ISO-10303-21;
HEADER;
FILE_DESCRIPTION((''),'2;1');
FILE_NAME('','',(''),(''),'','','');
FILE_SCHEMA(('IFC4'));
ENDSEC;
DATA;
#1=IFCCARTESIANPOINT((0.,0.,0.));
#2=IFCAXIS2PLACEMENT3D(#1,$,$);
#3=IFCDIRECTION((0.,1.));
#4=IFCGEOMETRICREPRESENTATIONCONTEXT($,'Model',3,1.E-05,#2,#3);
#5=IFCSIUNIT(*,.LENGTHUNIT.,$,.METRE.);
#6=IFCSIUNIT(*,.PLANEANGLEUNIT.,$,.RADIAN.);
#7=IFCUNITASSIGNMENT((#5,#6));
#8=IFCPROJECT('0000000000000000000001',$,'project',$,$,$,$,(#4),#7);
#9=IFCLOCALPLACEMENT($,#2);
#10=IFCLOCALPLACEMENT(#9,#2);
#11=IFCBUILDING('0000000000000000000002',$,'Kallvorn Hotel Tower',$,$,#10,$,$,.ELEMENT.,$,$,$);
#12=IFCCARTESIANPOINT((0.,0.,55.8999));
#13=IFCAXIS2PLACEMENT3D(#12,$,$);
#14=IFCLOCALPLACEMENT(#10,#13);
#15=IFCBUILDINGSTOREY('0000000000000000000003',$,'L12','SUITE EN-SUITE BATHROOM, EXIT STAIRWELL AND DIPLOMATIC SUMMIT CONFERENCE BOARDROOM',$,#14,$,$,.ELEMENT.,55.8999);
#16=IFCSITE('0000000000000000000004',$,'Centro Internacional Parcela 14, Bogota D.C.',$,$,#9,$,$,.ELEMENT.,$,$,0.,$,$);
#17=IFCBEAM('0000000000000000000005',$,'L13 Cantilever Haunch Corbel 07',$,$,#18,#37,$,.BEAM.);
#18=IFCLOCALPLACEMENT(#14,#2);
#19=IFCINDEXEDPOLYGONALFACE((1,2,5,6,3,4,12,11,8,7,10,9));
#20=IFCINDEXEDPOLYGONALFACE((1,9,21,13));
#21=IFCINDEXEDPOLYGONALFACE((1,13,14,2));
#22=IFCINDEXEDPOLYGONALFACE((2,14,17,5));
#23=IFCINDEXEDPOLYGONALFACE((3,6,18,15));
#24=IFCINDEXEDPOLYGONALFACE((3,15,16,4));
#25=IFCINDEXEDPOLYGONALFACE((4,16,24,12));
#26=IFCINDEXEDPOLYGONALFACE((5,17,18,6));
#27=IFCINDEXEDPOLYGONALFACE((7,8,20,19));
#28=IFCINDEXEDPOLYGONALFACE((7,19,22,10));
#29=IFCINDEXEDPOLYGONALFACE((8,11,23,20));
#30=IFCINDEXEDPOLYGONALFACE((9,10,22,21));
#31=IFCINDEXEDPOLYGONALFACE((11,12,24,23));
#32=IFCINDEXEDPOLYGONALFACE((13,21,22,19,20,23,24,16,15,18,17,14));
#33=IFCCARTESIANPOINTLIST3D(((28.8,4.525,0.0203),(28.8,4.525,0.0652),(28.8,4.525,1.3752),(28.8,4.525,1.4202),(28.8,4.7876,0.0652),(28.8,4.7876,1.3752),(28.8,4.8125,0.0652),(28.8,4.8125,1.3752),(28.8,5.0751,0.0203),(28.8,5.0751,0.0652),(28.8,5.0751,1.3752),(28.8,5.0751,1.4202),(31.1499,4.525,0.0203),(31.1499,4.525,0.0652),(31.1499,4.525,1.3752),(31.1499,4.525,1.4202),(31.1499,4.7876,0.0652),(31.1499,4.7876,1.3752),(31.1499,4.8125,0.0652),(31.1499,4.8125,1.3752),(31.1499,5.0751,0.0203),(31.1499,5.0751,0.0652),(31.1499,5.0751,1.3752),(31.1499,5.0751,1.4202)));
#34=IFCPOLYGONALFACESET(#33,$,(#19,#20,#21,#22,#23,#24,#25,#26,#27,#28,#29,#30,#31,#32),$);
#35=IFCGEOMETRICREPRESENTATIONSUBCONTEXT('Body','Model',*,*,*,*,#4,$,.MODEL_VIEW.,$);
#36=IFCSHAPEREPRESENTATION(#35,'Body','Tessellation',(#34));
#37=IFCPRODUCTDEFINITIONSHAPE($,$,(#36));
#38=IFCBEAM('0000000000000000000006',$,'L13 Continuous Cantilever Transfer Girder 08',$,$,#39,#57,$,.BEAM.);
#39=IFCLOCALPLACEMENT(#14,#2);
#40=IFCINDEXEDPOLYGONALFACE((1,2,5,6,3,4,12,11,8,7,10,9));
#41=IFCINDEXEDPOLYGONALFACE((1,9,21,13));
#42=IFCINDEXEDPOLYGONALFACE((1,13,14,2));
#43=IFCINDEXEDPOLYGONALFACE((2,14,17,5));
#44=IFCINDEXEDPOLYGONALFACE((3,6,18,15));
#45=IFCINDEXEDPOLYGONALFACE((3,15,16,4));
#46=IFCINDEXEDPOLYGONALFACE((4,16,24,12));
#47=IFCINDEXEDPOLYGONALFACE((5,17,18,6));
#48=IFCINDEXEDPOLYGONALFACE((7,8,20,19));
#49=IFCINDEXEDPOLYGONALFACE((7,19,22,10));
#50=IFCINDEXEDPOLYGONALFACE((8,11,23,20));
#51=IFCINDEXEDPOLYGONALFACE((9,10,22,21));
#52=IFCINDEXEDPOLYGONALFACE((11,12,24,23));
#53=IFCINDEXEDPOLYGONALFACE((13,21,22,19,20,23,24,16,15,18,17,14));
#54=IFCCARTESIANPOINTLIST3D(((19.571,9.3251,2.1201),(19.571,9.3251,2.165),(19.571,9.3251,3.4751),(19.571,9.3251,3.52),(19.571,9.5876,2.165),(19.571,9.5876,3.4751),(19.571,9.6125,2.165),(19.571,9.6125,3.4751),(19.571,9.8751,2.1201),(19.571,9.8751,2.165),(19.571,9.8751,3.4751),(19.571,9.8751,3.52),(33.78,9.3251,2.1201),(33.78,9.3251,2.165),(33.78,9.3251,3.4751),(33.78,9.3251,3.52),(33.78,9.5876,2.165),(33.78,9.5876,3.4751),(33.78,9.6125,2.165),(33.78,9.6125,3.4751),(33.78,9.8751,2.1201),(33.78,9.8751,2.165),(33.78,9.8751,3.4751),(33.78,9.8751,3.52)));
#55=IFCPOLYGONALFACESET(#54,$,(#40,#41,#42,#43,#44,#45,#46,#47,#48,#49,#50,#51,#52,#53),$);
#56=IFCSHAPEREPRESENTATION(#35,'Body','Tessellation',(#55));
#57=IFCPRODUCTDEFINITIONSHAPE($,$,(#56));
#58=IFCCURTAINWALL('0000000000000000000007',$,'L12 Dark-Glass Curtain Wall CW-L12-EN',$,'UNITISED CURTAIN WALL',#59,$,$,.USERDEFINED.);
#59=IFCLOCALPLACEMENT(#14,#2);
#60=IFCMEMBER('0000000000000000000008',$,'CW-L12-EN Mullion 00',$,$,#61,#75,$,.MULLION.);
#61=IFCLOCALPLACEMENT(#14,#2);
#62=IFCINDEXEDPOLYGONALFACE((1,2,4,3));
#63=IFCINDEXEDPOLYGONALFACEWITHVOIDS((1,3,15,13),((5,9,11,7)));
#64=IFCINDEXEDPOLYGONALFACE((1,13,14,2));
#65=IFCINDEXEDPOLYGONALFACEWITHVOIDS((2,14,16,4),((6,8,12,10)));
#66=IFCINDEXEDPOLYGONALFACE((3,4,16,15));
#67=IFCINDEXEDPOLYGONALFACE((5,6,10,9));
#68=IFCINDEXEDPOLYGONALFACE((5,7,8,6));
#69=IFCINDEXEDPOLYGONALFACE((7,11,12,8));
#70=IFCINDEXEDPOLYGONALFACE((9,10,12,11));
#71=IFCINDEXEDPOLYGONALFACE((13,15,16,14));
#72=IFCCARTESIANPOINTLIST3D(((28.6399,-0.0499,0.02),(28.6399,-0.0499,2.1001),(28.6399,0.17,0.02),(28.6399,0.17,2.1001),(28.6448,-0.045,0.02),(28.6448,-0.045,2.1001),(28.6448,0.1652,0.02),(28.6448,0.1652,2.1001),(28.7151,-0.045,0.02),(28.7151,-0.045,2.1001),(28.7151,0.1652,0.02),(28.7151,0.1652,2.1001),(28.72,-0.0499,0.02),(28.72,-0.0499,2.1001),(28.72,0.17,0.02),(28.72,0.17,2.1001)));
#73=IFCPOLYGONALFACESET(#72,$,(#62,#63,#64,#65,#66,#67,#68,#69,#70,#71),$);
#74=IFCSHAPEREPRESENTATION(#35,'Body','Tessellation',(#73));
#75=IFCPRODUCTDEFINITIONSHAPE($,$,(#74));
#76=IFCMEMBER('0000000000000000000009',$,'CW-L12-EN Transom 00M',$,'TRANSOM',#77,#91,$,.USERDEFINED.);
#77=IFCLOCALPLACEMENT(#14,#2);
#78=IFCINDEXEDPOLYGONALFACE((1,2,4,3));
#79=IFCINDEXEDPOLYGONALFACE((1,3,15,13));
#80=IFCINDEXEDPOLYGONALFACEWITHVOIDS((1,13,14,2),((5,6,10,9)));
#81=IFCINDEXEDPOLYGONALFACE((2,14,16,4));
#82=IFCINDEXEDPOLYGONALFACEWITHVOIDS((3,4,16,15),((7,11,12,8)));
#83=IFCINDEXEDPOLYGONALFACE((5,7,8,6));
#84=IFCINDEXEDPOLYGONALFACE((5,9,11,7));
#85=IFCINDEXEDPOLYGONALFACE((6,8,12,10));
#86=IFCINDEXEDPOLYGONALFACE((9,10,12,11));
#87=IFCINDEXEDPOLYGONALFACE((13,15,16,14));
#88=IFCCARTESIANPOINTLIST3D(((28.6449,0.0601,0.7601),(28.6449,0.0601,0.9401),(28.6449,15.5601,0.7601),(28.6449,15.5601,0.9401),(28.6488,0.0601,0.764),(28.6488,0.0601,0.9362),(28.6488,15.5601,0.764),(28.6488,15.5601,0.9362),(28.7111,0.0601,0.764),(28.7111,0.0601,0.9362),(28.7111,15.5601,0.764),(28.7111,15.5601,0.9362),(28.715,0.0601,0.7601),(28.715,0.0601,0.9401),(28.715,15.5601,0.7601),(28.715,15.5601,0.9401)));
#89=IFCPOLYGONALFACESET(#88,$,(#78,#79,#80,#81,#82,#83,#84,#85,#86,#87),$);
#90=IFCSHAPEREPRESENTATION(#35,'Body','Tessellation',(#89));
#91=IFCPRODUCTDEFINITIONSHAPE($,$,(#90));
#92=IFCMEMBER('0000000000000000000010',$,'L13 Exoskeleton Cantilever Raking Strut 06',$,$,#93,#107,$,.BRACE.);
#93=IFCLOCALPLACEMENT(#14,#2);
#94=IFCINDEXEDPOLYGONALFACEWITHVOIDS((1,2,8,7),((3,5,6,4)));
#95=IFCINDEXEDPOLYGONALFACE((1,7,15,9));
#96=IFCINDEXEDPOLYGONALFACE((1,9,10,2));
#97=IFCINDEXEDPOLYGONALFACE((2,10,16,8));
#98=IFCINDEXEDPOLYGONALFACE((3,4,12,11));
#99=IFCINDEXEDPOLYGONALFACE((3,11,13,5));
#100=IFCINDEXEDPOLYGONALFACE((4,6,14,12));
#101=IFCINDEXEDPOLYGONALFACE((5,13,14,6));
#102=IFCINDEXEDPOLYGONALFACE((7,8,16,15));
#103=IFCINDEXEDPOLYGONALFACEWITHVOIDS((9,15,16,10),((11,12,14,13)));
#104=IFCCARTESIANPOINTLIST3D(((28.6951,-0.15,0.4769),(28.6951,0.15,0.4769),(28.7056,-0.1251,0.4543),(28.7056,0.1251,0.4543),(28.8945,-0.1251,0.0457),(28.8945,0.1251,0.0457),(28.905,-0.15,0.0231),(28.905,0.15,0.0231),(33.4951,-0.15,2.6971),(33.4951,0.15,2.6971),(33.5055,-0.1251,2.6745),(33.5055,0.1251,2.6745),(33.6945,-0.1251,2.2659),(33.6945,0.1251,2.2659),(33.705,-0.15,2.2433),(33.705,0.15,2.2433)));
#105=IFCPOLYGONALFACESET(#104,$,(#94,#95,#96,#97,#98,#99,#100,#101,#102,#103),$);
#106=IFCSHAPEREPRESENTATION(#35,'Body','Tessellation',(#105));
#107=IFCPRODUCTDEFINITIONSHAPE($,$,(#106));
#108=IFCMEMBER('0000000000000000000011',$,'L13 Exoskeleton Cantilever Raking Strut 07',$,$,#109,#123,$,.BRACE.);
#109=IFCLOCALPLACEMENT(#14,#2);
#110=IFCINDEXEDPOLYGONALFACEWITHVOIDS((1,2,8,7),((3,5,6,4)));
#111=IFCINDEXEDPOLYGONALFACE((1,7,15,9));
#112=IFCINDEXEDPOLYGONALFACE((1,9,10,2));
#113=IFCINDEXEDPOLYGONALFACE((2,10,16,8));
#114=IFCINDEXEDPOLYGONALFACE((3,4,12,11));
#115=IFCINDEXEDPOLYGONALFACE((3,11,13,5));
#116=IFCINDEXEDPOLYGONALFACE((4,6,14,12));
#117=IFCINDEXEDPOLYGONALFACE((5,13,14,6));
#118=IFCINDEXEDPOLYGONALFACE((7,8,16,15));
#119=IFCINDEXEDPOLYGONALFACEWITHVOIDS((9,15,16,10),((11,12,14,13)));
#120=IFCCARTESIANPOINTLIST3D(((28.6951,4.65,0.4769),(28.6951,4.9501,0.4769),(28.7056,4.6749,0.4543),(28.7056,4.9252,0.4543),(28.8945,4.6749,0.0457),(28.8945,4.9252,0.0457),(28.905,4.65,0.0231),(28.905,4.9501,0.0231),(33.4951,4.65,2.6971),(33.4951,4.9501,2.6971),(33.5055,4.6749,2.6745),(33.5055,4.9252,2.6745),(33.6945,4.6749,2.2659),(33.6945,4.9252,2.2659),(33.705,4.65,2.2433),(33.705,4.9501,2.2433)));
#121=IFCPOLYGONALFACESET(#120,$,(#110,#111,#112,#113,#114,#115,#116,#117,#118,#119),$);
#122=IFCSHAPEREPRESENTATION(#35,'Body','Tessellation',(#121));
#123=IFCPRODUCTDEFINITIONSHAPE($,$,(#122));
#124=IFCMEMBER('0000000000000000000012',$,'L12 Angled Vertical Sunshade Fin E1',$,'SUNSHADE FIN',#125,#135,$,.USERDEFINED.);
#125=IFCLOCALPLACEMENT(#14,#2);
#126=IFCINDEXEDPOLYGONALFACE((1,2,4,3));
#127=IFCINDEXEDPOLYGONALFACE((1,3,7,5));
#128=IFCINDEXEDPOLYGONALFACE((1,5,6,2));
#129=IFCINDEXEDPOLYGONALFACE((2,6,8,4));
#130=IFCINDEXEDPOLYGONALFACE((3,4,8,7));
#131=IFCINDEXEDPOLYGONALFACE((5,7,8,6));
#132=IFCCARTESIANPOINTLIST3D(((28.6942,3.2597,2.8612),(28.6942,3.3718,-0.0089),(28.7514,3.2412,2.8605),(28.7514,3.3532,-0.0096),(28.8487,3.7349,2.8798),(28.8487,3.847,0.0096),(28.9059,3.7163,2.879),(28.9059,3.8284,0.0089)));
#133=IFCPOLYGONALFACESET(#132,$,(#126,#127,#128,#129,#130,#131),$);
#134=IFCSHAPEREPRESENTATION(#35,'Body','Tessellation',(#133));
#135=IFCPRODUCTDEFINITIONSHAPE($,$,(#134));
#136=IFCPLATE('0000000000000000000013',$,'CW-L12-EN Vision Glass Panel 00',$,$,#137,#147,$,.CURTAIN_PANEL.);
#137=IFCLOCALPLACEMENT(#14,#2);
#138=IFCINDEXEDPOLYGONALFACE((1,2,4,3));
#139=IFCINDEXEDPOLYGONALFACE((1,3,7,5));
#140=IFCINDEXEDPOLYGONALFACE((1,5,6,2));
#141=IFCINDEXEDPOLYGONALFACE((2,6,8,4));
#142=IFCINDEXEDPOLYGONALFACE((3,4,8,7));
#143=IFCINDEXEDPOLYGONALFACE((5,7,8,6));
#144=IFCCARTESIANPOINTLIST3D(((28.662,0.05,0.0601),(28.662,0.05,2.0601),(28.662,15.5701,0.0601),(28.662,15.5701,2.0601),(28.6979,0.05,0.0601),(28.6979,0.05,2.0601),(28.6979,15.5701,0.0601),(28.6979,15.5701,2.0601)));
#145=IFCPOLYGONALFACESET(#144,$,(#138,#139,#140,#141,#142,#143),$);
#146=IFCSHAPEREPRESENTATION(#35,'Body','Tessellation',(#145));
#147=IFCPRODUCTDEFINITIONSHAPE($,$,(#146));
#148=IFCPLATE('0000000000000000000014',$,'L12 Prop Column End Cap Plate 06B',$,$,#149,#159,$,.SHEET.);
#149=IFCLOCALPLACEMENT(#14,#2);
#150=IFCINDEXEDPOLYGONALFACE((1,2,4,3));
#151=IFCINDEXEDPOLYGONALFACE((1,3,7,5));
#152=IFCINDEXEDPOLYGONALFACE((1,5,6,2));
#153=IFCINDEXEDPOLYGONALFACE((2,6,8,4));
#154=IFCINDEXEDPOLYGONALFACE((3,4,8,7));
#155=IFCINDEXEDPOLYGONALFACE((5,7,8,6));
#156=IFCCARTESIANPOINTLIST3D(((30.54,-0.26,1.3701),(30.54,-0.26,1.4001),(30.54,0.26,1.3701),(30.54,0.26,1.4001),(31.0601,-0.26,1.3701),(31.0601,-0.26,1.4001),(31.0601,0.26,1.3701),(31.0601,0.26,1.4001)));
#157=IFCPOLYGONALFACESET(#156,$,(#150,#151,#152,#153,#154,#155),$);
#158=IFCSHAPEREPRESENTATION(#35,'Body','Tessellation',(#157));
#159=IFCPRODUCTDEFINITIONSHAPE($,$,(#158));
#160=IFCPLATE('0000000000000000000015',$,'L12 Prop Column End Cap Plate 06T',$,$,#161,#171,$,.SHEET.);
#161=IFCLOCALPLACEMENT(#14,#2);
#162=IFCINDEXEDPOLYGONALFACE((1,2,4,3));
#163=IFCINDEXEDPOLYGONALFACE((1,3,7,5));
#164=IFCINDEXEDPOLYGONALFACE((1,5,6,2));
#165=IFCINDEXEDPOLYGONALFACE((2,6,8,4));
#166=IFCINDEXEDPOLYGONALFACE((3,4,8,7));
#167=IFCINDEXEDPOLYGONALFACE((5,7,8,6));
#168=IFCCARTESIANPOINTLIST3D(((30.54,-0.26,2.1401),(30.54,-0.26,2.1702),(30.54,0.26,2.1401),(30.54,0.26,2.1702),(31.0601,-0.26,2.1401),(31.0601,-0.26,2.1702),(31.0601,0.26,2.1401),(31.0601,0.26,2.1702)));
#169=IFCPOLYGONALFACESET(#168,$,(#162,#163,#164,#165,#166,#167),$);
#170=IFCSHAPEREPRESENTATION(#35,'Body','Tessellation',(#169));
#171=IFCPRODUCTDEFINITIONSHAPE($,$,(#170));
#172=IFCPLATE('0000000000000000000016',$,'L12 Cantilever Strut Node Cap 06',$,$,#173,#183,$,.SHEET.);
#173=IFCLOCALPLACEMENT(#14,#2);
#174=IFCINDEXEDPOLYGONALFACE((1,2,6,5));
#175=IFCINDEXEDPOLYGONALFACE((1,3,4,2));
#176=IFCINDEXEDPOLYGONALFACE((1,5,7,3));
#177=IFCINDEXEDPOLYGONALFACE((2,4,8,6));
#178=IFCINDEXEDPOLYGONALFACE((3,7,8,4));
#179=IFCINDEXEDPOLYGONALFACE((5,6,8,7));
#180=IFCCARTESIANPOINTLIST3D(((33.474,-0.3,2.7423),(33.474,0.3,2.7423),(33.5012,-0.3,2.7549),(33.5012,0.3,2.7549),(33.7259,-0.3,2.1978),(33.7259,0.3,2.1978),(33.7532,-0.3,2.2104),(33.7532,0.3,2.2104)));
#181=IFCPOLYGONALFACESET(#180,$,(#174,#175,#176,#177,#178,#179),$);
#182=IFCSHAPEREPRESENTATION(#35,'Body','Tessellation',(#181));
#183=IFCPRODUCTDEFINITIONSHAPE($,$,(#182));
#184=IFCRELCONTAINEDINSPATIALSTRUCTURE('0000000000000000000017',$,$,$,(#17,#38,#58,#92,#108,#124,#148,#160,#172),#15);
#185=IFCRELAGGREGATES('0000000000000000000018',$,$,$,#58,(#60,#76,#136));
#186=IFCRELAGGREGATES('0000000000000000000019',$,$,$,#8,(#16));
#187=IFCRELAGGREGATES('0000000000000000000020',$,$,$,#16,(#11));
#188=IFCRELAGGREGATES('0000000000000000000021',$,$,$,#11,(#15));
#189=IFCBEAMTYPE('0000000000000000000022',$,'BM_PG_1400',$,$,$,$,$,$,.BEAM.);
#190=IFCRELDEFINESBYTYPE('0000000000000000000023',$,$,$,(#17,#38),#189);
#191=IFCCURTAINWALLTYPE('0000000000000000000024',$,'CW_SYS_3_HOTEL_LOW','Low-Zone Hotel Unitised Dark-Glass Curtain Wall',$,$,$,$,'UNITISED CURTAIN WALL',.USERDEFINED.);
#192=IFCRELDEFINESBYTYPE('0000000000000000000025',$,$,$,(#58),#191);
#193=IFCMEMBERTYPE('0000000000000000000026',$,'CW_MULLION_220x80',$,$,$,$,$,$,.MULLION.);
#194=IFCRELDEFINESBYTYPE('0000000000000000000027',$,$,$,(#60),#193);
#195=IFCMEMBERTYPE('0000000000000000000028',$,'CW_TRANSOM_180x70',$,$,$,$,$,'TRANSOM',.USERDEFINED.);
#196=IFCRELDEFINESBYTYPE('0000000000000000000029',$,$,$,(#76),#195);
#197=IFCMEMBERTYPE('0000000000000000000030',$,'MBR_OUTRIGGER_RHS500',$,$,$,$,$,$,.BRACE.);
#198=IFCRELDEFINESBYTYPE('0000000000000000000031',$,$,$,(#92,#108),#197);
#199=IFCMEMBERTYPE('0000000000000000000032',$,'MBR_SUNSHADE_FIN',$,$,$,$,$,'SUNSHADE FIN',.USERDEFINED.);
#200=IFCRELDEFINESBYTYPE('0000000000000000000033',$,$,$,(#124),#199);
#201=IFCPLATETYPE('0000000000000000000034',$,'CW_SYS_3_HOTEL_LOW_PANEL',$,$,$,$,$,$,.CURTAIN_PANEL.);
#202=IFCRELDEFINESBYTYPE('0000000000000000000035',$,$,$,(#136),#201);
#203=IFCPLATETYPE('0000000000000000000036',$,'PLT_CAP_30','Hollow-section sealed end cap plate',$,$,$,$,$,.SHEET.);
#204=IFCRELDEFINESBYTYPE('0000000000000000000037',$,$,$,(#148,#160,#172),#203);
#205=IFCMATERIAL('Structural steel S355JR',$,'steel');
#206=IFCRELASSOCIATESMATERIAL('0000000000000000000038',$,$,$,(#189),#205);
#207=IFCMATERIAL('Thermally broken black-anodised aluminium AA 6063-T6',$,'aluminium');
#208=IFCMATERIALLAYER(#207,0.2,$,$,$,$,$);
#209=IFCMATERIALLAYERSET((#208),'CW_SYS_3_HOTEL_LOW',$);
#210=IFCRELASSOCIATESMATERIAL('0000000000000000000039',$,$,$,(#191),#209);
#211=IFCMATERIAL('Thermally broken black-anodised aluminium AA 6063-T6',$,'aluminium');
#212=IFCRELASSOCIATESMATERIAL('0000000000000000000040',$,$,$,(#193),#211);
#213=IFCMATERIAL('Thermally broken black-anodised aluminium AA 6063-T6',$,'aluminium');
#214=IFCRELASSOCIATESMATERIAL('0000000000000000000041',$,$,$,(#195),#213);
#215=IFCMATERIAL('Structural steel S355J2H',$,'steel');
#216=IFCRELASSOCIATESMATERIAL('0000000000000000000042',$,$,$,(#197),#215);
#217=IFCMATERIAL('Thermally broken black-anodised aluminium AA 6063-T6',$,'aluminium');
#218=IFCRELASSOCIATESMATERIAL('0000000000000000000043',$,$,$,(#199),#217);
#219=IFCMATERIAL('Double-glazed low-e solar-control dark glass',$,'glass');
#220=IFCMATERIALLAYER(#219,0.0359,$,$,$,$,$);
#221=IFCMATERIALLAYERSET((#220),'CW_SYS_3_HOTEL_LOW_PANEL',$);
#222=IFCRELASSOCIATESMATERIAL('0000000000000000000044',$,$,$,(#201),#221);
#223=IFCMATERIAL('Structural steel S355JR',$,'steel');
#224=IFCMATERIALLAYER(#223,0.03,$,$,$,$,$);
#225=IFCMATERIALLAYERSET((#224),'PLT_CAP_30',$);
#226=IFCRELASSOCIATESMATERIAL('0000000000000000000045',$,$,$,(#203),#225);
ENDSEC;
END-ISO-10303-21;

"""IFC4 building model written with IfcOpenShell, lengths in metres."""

from ifc_helpers import new_model, si_unit, direction, frame, origin, origin_2d, place, context, subcontext, project, spatial, polyline, rectangle, hollow_rectangle, i_section, outline, extrude, material, layer, layer_set, material_profile, profile_set, type_object, element, aggregate, save


model = new_model("IFC4")

# Units and contexts
model_context = context("Model", 3, precision=1e-05, world=origin(), true_north=direction((0.0, 1.0)))
body_context = subcontext(model_context, "Body", "Model", "MODEL_VIEW")
ifc_project = project(units=[si_unit("LENGTHUNIT", "METRE"), si_unit("PLANEANGLEUNIT", "RADIAN")], contexts=[model_context])

# Site, building, storey
site_placement = place(None, origin())
site = spatial("IfcSite", under=ifc_project, at=site_placement, Name="Centro Internacional Parcela 14, Bogota D.C.", CompositionType="ELEMENT", RefElevation=0.0)
building_placement = place(site_placement, origin())
building = spatial("IfcBuilding", under=site, at=building_placement, Name="Kallvorn Hotel Tower", CompositionType="ELEMENT")
storey_placement = place(building_placement, frame((0.0, 0.0, 55.8999)))
storey = spatial("IfcBuildingStorey", under=building, at=storey_placement, Name="L12", Description="SUITE EN-SUITE BATHROOM, EXIT STAIRWELL AND DIPLOMATIC SUMMIT CONFERENCE BOARDROOM", CompositionType="ELEMENT", Elevation=55.8999)

# Beams
ifc_material_1 = material(Name="Structural steel S355JR", Category="steel")
ifc_material_profile_1 = material_profile(ifc_material_1, i_section(OverallWidth=0.55, OverallDepth=1.3999, WebThickness=0.0249, FlangeThickness=0.0449, at=origin_2d()), Name="PG 1400x550x25x45")
ifc_profile_set_1 = profile_set([ifc_material_profile_1], Name="Structural steel S355JR")
beam_type_1 = type_object("IfcBeamType", Name="BM_PG_1400", PredefinedType="BEAM", material=ifc_profile_set_1)
beam_1_placement = place(storey_placement, frame((28.8, 4.8, 0.7202), z_axis=(1.0, 0.0, 0.0), x_axis=(0.0, 1.0, 0.0)))
element("IfcBeam", 1, at=beam_1_placement, inside=storey, type_object=beam_type_1, Name="L13 Cantilever Haunch Corbel 07", PredefinedType="BEAM", context=body_context, shape_type="SweptSolid", body=[
    extrude(i_section(OverallWidth=0.55, OverallDepth=1.3999, WebThickness=0.0249, FlangeThickness=0.0449, at=origin_2d()), origin(), (0.0, 0.0, 1.0), 2.3499),
])
beam_2_placement = place(storey_placement, frame((19.571, 9.6001, 2.8201), z_axis=(1.0, 0.0, 0.0), x_axis=(0.0, 1.0, 0.0)))
element("IfcBeam", 2, at=beam_2_placement, inside=storey, type_object=beam_type_1, Name="L13 Continuous Cantilever Transfer Girder 08", PredefinedType="BEAM", context=body_context, shape_type="SweptSolid", body=[
    extrude(i_section(OverallWidth=0.55, OverallDepth=1.3999, WebThickness=0.0249, FlangeThickness=0.0449, at=origin_2d()), origin(), (0.0, 0.0, 1.0), 14.209),
])

# Curtain wall, members
ifc_material_2 = material(Name="Thermally broken black-anodised aluminium AA 6063-T6", Category="aluminium")
ifc_layer_1 = layer(ifc_material_2, 0.2)
ifc_layer_set_1 = layer_set([ifc_layer_1], Name="CW_SYS_3_HOTEL_LOW")
curtain_wall_type = type_object("IfcCurtainWallType", Name="CW_SYS_3_HOTEL_LOW", Description="Low-Zone Hotel Unitised Dark-Glass Curtain Wall", ElementType="UNITISED CURTAIN WALL", PredefinedType="USERDEFINED", material=ifc_layer_set_1)
curtain_wall_placement = place(storey_placement, origin())
curtain_wall = element("IfcCurtainWall", 3, at=curtain_wall_placement, inside=storey, type_object=curtain_wall_type, Name="L12 Dark-Glass Curtain Wall CW-L12-EN", ObjectType="UNITISED CURTAIN WALL", PredefinedType="USERDEFINED")
ifc_material_3 = material(Name="Thermally broken black-anodised aluminium AA 6063-T6", Category="aluminium")
ifc_material_profile_2 = material_profile(ifc_material_3, hollow_rectangle(XDim=0.0801, YDim=0.22, WallThickness=0.0049, at=origin_2d()), Name="MUL 220x80")
ifc_profile_set_2 = profile_set([ifc_material_profile_2], Name="Thermally broken black-anodised aluminium AA 6063-T6")
member_type_1 = type_object("IfcMemberType", Name="CW_MULLION_220x80", PredefinedType="MULLION", material=ifc_profile_set_2)
member_1_placement = place(storey_placement, frame((28.6799, 0.0601, 0.02), z_axis=(0.0, 0.0, 1.0), x_axis=(1.0, 0.0, 0.0)))
member_1 = element("IfcMember", 4, at=member_1_placement, type_object=member_type_1, Name="CW-L12-EN Mullion 00", PredefinedType="MULLION", context=body_context, shape_type="SweptSolid", body=[
    extrude(hollow_rectangle(XDim=0.0801, YDim=0.22, WallThickness=0.0049, at=origin_2d()), origin(), (0.0, 0.0, 1.0), 2.0801),
])
ifc_material_4 = material(Name="Thermally broken black-anodised aluminium AA 6063-T6", Category="aluminium")
ifc_material_profile_3 = material_profile(ifc_material_4, hollow_rectangle(XDim=0.0701, YDim=0.1799, WallThickness=0.0039, at=origin_2d()), Name="TRN 180x70")
ifc_profile_set_3 = profile_set([ifc_material_profile_3], Name="Thermally broken black-anodised aluminium AA 6063-T6")
member_type_2 = type_object("IfcMemberType", Name="CW_TRANSOM_180x70", ElementType="TRANSOM", PredefinedType="USERDEFINED", material=ifc_profile_set_3)
member_2_placement = place(storey_placement, frame((28.6799, 0.0601, 0.8501), z_axis=(0.0, 1.0, 0.0), x_axis=(-1.0, 0.0, 0.0)))
member_2 = element("IfcMember", 5, at=member_2_placement, type_object=member_type_2, Name="CW-L12-EN Transom 00M", ObjectType="TRANSOM", PredefinedType="USERDEFINED", context=body_context, shape_type="SweptSolid", body=[
    extrude(hollow_rectangle(XDim=0.0701, YDim=0.1799, WallThickness=0.0039, at=origin_2d()), origin(), (0.0, 0.0, 1.0), 15.5),
])

# Members
ifc_material_5 = material(Name="Structural steel S355J2H", Category="steel")
ifc_material_profile_4 = material_profile(ifc_material_5, hollow_rectangle(XDim=0.3, YDim=0.5, WallThickness=0.0249, at=origin_2d()), Name="RHS 500x300x25")
ifc_profile_set_4 = profile_set([ifc_material_profile_4], Name="Structural steel S355J2H")
member_type_3 = type_object("IfcMemberType", Name="MBR_OUTRIGGER_RHS500", PredefinedType="BRACE", material=ifc_profile_set_4)
for number, where, z_axis, x_axis, name in (
    (6, (28.8, 0.0, 0.25), (0.907613, 0.0, 0.419807), (0.0, 1.0, 0.0), "L13 Exoskeleton Cantilever Raking Strut 06"),
    (7, (28.8, 4.8, 0.25), (0.907613, 0.0, 0.419807), (0.0, 1.0, 0.0), "L13 Exoskeleton Cantilever Raking Strut 07"),
):
    element("IfcMember", number, at=place(storey_placement, frame(where, z_axis=z_axis, x_axis=x_axis)), inside=storey, type_object=member_type_3, Name=name, PredefinedType="BRACE", context=body_context, shape_type="SweptSolid", body=[
        extrude(hollow_rectangle(XDim=0.3, YDim=0.5, WallThickness=0.0249, at=origin_2d()), origin(), (0.0, 0.0, 1.0), 5.2886),
    ])
ifc_material_6 = material(Name="Thermally broken black-anodised aluminium AA 6063-T6", Category="aluminium")
ifc_material_profile_5 = material_profile(ifc_material_6, rectangle(XDim=0.0601, YDim=0.5, at=origin_2d()), Name="FIN 500x60")
ifc_profile_set_5 = profile_set([ifc_material_profile_5], Name="Thermally broken black-anodised aluminium AA 6063-T6")
member_type_4 = type_object("IfcMemberType", Name="MBR_SUNSHADE_FIN", ElementType="SUNSHADE FIN", PredefinedType="USERDEFINED", material=ifc_profile_set_5)
member_3_placement = place(storey_placement, frame((28.8, 3.6001, 0.0), z_axis=(0.0, -0.039014, 0.999239), x_axis=(0.951057, -0.308782, -0.012056)))
element("IfcMember", 8, at=member_3_placement, inside=storey, type_object=member_type_4, Name="L12 Angled Vertical Sunshade Fin E1", ObjectType="SUNSHADE FIN", PredefinedType="USERDEFINED", context=body_context, shape_type="SweptSolid", body=[
    extrude(rectangle(XDim=0.0601, YDim=0.5, at=origin_2d()), origin(), (0.0, 0.0, 1.0), 2.8723),
])

# Plate
ifc_material_7 = material(Name="Double-glazed low-e solar-control dark glass", Category="glass")
ifc_layer_2 = layer(ifc_material_7, 0.0359)
ifc_layer_set_2 = layer_set([ifc_layer_2], Name="CW_SYS_3_HOTEL_LOW_PANEL")
plate_type_1 = type_object("IfcPlateType", Name="CW_SYS_3_HOTEL_LOW_PANEL", PredefinedType="CURTAIN_PANEL", material=ifc_layer_set_2)
plate_1_placement = place(storey_placement, frame((28.6799, 7.8101, 0.0601), z_axis=(0.0, 0.0, 1.0), x_axis=(0.0, 1.0, 0.0)))
plate_1 = element("IfcPlate", 9, at=plate_1_placement, type_object=plate_type_1, Name="CW-L12-EN Vision Glass Panel 00", PredefinedType="CURTAIN_PANEL", context=body_context, shape_type="SweptSolid", body=[
    extrude(rectangle(XDim=15.52, YDim=0.0359, at=origin_2d()), origin(), (0.0, 0.0, 1.0), 2.0),
])
aggregate(curtain_wall, [member_1, member_2, plate_1])

# Plates
ifc_material_8 = material(Name="Structural steel S355JR", Category="steel")
ifc_layer_3 = layer(ifc_material_8, 0.03)
ifc_layer_set_3 = layer_set([ifc_layer_3], Name="PLT_CAP_30")
plate_type_2 = type_object("IfcPlateType", Name="PLT_CAP_30", Description="Hollow-section sealed end cap plate", PredefinedType="SHEET", material=ifc_layer_set_3)
for number, where, z_axis, x_axis, name in (
    (10, (30.8, 0.0, 1.3701), (0.0, 0.0, 1.0), (1.0, 0.0, 0.0), "L12 Prop Column End Cap Plate 06B"),
    (11, (30.8, 0.0, 2.1401), (0.0, 0.0, 1.0), (1.0, 0.0, 0.0), "L12 Prop Column End Cap Plate 06T"),
):
    element("IfcPlate", number, at=place(storey_placement, frame(where, z_axis=z_axis, x_axis=x_axis)), inside=storey, type_object=plate_type_2, Name=name, PredefinedType="SHEET", context=body_context, shape_type="SweptSolid", body=[
        extrude(rectangle(XDim=0.52, YDim=0.52, at=origin_2d()), origin(), (0.0, 0.0, 1.0), 0.03),
    ])
plate_2_placement = place(storey_placement, frame((33.7532, -0.3, 2.2104), z_axis=(0.90753, 0.0, 0.419987), x_axis=(0.0, 1.0, 0.0)))
element("IfcPlate", 12, at=plate_2_placement, inside=storey, type_object=plate_type_2, Name="L12 Cantilever Strut Node Cap 06", PredefinedType="SHEET", context=body_context, shape_type="SweptSolid", body=[
    extrude(outline(polyline([(0.0, 0.0), (0.6001, 0.0), (0.6001, 0.5999), (0.0, 0.5999), (0.0, 0.0)])), origin(), (0.0, 0.0, -1.0), 0.03),
])

save(model, "model.ifc")
